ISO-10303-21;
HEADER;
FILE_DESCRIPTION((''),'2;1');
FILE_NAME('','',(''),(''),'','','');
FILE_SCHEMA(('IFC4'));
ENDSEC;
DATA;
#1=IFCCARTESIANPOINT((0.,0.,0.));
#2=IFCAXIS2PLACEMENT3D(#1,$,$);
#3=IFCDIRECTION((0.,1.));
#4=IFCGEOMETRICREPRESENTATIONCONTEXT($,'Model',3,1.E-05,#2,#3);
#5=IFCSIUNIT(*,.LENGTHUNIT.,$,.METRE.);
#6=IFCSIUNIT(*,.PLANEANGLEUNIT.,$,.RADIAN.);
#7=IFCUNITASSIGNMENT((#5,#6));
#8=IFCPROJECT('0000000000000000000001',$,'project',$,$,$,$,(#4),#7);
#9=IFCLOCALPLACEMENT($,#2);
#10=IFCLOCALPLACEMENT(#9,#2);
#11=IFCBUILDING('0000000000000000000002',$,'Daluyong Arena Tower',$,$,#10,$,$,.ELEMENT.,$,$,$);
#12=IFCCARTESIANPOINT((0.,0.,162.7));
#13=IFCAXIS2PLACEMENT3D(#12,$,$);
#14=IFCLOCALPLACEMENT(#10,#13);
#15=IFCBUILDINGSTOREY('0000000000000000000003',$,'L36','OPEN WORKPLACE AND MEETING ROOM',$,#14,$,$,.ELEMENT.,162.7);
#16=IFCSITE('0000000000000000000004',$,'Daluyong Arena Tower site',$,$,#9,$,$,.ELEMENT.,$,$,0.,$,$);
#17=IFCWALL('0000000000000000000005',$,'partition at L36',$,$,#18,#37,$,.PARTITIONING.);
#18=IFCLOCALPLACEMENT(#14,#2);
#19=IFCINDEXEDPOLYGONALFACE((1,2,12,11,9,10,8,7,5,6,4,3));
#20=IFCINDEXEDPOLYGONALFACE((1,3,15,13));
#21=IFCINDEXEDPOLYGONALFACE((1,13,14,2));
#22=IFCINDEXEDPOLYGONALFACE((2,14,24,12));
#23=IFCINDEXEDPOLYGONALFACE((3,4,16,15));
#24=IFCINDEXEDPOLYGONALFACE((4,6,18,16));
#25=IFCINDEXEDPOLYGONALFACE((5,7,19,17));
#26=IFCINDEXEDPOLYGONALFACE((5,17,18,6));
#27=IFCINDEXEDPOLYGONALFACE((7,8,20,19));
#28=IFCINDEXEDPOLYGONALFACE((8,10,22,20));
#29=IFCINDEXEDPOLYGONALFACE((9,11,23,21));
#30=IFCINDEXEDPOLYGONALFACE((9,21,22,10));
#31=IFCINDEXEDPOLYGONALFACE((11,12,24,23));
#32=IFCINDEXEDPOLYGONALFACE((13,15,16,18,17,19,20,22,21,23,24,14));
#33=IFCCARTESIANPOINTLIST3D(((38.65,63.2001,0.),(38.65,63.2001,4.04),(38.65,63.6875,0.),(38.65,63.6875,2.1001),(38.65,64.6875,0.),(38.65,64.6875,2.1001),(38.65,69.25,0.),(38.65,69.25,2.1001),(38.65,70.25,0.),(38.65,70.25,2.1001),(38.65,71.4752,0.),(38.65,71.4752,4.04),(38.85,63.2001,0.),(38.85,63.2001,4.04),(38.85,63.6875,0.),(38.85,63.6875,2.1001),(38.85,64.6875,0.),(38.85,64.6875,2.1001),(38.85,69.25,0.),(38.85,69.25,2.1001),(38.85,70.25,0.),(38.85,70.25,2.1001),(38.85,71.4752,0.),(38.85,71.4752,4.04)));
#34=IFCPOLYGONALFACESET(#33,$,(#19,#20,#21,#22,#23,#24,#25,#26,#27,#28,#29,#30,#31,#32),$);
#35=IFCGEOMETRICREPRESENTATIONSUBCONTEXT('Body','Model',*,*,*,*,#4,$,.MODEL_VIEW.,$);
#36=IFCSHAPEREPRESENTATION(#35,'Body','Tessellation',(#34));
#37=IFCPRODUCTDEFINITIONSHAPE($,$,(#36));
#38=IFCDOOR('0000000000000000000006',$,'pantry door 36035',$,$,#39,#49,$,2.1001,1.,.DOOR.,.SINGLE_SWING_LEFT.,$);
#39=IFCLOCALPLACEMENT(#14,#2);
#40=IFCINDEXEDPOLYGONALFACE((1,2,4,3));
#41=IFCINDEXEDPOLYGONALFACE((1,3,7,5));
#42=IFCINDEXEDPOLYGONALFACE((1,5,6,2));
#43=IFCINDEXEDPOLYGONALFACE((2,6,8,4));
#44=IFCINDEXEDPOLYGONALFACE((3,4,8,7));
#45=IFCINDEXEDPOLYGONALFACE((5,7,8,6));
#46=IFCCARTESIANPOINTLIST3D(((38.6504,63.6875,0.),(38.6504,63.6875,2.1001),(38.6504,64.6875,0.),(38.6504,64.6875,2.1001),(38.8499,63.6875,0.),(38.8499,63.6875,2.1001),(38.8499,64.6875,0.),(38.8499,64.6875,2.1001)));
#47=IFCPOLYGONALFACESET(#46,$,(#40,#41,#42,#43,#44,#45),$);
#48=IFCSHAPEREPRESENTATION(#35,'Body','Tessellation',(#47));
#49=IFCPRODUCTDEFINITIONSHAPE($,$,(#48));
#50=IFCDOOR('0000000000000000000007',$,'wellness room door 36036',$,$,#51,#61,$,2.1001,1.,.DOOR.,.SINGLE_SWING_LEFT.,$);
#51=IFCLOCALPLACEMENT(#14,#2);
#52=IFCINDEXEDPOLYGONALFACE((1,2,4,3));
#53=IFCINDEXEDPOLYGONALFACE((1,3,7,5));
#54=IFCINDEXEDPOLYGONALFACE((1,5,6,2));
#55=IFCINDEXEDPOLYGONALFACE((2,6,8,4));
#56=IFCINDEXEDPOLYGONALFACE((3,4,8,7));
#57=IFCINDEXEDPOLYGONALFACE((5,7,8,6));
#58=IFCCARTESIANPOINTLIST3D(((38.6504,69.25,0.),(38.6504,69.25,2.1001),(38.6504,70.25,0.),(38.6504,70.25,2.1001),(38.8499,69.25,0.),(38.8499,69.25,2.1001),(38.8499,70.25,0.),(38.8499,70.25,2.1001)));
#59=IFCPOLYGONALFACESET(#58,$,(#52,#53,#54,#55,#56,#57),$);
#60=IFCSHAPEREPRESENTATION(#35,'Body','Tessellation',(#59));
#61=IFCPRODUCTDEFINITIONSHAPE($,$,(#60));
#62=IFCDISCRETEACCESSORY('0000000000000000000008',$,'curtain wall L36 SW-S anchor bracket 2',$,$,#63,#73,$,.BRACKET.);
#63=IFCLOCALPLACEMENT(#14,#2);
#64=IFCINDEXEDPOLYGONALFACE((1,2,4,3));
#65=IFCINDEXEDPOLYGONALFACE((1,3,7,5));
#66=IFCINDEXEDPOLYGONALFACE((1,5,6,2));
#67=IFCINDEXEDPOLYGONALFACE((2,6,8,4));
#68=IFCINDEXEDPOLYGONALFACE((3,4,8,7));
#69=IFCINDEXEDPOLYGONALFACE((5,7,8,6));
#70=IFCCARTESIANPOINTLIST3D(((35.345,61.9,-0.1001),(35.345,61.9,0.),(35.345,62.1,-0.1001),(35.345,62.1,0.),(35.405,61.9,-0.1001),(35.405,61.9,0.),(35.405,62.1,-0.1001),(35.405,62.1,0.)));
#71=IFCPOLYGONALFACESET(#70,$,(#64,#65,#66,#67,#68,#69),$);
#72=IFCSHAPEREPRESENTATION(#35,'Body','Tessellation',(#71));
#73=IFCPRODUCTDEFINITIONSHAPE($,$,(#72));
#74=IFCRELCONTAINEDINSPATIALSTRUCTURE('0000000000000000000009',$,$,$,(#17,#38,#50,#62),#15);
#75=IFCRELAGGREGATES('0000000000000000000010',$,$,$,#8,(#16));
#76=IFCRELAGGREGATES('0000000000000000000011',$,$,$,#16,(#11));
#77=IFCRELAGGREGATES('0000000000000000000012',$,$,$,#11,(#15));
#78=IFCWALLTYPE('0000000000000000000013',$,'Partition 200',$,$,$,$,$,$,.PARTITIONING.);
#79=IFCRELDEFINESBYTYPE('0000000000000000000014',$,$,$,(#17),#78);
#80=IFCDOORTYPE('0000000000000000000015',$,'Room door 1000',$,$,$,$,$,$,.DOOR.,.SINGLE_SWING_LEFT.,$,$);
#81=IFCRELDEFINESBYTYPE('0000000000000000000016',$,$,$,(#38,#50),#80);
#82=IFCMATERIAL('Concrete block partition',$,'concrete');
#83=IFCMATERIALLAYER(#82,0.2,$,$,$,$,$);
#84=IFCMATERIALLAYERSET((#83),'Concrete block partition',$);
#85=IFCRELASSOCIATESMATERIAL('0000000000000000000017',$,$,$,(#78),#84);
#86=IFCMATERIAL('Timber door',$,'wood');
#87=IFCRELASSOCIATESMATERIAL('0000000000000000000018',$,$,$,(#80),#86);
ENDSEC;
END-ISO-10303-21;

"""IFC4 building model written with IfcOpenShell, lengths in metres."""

from ifc_helpers import new_model, si_unit, direction, frame, frame_2d, origin, origin_2d, place, context, subcontext, project, spatial, rectangle, extrude, material, layer, layer_set, type_object, element, fill, save


model = new_model("IFC4")

# Units and contexts
model_context = context("Model", 3, precision=1e-05, world=origin(), true_north=direction((0.0, 1.0)))
body_context = subcontext(model_context, "Body", "Model", "MODEL_VIEW")
ifc_project = project(units=[si_unit("LENGTHUNIT", "METRE"), si_unit("PLANEANGLEUNIT", "RADIAN")], contexts=[model_context])

# Site, building, storey
site_placement = place(None, origin())
site = spatial("IfcSite", under=ifc_project, at=site_placement, Name="Daluyong Arena Tower site", CompositionType="ELEMENT", RefElevation=0.0)
building_placement = place(site_placement, origin())
building = spatial("IfcBuilding", under=site, at=building_placement, Name="Daluyong Arena Tower", CompositionType="ELEMENT")
storey_placement = place(building_placement, frame((0.0, 0.0, 162.7)))
storey = spatial("IfcBuildingStorey", under=building, at=storey_placement, Name="L36", Description="OPEN WORKPLACE AND MEETING ROOM", CompositionType="ELEMENT", Elevation=162.7)

# Wall, openings, doors
ifc_material_1 = material(Name="Concrete block partition", Category="concrete")
ifc_layer_1 = layer(ifc_material_1, 0.2)
ifc_layer_set_1 = layer_set([ifc_layer_1], Name="Concrete block partition")
wall_type_1 = type_object("IfcWallType", Name="Partition 200", PredefinedType="PARTITIONING", material=ifc_layer_set_1)
wall_1_placement = place(storey_placement, frame((38.75, 63.2, 0.0), z_axis=(0.0, 0.0, 1.0), x_axis=(0.0, 1.0, 0.0)))
wall_1 = element("IfcWall", 1, at=wall_1_placement, inside=storey, type_object=wall_type_1, Name="partition at L36", PredefinedType="PARTITIONING", context=body_context, shape_type="SweptSolid", body=[
    extrude(rectangle(XDim=8.2751, YDim=0.2, at=frame_2d((4.1377, 0.0))), origin(), (0.0, 0.0, 1.0), 4.04),
])
opening_1_placement = place(wall_1_placement, frame((0.4875, 0.0, 0.0)))
opening_1 = element("IfcOpeningElement", 2, at=opening_1_placement, cuts=wall_1, PredefinedType="OPENING", context=body_context, shape_type="SweptSolid", body=[
    extrude(rectangle(XDim=1.0, YDim=2.1001, at=frame_2d((0.5, 1.05))), frame((0.0, 0.1099, 0.0), z_axis=(0.0, -1.0, 0.0), x_axis=(1.0, 0.0, 0.0)), (0.0, 0.0, 1.0), 0.22),
])
opening_2_placement = place(wall_1_placement, frame((6.05, 0.0, 0.0)))
opening_2 = element("IfcOpeningElement", 3, at=opening_2_placement, cuts=wall_1, PredefinedType="OPENING", context=body_context, shape_type="SweptSolid", body=[
    extrude(rectangle(XDim=1.0, YDim=2.1001, at=frame_2d((0.5, 1.05))), frame((0.0, 0.1099, 0.0), z_axis=(0.0, -1.0, 0.0), x_axis=(1.0, 0.0, 0.0)), (0.0, 0.0, 1.0), 0.22),
])
ifc_material_2 = material(Name="Timber door", Category="wood")
door_type_1 = type_object("IfcDoorType", Name="Room door 1000", OperationType="SINGLE_SWING_LEFT", PredefinedType="DOOR", material=ifc_material_2)
door_1_placement = place(opening_1_placement, origin())
door_1 = element("IfcDoor", 4, at=door_1_placement, inside=storey, type_object=door_type_1, Name="pantry door 36035", OperationType="SINGLE_SWING_LEFT", OverallHeight=2.1001, OverallWidth=1.0, PredefinedType="DOOR", context=body_context, shape_type="SweptSolid", body=[
    extrude(rectangle(XDim=1.0, YDim=2.1001, at=frame_2d((0.5, 1.05))), frame((0.0, 0.0996, 0.0), z_axis=(0.0, -1.0, 0.0), x_axis=(1.0, 0.0, 0.0)), (0.0, 0.0, 1.0), 0.1995),
])
fill(opening_1, door_1)
door_2_placement = place(opening_2_placement, origin())
door_2 = element("IfcDoor", 5, at=door_2_placement, inside=storey, type_object=door_type_1, Name="wellness room door 36036", OperationType="SINGLE_SWING_LEFT", OverallHeight=2.1001, OverallWidth=1.0, PredefinedType="DOOR", context=body_context, shape_type="SweptSolid", body=[
    extrude(rectangle(XDim=1.0, YDim=2.1001, at=frame_2d((0.5, 1.05))), frame((0.0, 0.0996, 0.0), z_axis=(0.0, -1.0, 0.0), x_axis=(1.0, 0.0, 0.0)), (0.0, 0.0, 1.0), 0.1995),
])
fill(opening_2, door_2)

# Discrete accessory
discrete_accessory_placement = place(storey_placement, frame((35.375, 62.0, -0.1001), z_axis=(0.0, 0.0, 1.0), x_axis=(1.0, 0.0, 0.0)))
element("IfcDiscreteAccessory", 6, at=discrete_accessory_placement, inside=storey, Name="curtain wall L36 SW-S anchor bracket 2", PredefinedType="BRACKET", context=body_context, shape_type="SweptSolid", body=[
    extrude(rectangle(XDim=0.0601, YDim=0.2, at=origin_2d()), origin(), (0.0, 0.0, 1.0), 0.1001),
])

save(model, "model.ifc")
